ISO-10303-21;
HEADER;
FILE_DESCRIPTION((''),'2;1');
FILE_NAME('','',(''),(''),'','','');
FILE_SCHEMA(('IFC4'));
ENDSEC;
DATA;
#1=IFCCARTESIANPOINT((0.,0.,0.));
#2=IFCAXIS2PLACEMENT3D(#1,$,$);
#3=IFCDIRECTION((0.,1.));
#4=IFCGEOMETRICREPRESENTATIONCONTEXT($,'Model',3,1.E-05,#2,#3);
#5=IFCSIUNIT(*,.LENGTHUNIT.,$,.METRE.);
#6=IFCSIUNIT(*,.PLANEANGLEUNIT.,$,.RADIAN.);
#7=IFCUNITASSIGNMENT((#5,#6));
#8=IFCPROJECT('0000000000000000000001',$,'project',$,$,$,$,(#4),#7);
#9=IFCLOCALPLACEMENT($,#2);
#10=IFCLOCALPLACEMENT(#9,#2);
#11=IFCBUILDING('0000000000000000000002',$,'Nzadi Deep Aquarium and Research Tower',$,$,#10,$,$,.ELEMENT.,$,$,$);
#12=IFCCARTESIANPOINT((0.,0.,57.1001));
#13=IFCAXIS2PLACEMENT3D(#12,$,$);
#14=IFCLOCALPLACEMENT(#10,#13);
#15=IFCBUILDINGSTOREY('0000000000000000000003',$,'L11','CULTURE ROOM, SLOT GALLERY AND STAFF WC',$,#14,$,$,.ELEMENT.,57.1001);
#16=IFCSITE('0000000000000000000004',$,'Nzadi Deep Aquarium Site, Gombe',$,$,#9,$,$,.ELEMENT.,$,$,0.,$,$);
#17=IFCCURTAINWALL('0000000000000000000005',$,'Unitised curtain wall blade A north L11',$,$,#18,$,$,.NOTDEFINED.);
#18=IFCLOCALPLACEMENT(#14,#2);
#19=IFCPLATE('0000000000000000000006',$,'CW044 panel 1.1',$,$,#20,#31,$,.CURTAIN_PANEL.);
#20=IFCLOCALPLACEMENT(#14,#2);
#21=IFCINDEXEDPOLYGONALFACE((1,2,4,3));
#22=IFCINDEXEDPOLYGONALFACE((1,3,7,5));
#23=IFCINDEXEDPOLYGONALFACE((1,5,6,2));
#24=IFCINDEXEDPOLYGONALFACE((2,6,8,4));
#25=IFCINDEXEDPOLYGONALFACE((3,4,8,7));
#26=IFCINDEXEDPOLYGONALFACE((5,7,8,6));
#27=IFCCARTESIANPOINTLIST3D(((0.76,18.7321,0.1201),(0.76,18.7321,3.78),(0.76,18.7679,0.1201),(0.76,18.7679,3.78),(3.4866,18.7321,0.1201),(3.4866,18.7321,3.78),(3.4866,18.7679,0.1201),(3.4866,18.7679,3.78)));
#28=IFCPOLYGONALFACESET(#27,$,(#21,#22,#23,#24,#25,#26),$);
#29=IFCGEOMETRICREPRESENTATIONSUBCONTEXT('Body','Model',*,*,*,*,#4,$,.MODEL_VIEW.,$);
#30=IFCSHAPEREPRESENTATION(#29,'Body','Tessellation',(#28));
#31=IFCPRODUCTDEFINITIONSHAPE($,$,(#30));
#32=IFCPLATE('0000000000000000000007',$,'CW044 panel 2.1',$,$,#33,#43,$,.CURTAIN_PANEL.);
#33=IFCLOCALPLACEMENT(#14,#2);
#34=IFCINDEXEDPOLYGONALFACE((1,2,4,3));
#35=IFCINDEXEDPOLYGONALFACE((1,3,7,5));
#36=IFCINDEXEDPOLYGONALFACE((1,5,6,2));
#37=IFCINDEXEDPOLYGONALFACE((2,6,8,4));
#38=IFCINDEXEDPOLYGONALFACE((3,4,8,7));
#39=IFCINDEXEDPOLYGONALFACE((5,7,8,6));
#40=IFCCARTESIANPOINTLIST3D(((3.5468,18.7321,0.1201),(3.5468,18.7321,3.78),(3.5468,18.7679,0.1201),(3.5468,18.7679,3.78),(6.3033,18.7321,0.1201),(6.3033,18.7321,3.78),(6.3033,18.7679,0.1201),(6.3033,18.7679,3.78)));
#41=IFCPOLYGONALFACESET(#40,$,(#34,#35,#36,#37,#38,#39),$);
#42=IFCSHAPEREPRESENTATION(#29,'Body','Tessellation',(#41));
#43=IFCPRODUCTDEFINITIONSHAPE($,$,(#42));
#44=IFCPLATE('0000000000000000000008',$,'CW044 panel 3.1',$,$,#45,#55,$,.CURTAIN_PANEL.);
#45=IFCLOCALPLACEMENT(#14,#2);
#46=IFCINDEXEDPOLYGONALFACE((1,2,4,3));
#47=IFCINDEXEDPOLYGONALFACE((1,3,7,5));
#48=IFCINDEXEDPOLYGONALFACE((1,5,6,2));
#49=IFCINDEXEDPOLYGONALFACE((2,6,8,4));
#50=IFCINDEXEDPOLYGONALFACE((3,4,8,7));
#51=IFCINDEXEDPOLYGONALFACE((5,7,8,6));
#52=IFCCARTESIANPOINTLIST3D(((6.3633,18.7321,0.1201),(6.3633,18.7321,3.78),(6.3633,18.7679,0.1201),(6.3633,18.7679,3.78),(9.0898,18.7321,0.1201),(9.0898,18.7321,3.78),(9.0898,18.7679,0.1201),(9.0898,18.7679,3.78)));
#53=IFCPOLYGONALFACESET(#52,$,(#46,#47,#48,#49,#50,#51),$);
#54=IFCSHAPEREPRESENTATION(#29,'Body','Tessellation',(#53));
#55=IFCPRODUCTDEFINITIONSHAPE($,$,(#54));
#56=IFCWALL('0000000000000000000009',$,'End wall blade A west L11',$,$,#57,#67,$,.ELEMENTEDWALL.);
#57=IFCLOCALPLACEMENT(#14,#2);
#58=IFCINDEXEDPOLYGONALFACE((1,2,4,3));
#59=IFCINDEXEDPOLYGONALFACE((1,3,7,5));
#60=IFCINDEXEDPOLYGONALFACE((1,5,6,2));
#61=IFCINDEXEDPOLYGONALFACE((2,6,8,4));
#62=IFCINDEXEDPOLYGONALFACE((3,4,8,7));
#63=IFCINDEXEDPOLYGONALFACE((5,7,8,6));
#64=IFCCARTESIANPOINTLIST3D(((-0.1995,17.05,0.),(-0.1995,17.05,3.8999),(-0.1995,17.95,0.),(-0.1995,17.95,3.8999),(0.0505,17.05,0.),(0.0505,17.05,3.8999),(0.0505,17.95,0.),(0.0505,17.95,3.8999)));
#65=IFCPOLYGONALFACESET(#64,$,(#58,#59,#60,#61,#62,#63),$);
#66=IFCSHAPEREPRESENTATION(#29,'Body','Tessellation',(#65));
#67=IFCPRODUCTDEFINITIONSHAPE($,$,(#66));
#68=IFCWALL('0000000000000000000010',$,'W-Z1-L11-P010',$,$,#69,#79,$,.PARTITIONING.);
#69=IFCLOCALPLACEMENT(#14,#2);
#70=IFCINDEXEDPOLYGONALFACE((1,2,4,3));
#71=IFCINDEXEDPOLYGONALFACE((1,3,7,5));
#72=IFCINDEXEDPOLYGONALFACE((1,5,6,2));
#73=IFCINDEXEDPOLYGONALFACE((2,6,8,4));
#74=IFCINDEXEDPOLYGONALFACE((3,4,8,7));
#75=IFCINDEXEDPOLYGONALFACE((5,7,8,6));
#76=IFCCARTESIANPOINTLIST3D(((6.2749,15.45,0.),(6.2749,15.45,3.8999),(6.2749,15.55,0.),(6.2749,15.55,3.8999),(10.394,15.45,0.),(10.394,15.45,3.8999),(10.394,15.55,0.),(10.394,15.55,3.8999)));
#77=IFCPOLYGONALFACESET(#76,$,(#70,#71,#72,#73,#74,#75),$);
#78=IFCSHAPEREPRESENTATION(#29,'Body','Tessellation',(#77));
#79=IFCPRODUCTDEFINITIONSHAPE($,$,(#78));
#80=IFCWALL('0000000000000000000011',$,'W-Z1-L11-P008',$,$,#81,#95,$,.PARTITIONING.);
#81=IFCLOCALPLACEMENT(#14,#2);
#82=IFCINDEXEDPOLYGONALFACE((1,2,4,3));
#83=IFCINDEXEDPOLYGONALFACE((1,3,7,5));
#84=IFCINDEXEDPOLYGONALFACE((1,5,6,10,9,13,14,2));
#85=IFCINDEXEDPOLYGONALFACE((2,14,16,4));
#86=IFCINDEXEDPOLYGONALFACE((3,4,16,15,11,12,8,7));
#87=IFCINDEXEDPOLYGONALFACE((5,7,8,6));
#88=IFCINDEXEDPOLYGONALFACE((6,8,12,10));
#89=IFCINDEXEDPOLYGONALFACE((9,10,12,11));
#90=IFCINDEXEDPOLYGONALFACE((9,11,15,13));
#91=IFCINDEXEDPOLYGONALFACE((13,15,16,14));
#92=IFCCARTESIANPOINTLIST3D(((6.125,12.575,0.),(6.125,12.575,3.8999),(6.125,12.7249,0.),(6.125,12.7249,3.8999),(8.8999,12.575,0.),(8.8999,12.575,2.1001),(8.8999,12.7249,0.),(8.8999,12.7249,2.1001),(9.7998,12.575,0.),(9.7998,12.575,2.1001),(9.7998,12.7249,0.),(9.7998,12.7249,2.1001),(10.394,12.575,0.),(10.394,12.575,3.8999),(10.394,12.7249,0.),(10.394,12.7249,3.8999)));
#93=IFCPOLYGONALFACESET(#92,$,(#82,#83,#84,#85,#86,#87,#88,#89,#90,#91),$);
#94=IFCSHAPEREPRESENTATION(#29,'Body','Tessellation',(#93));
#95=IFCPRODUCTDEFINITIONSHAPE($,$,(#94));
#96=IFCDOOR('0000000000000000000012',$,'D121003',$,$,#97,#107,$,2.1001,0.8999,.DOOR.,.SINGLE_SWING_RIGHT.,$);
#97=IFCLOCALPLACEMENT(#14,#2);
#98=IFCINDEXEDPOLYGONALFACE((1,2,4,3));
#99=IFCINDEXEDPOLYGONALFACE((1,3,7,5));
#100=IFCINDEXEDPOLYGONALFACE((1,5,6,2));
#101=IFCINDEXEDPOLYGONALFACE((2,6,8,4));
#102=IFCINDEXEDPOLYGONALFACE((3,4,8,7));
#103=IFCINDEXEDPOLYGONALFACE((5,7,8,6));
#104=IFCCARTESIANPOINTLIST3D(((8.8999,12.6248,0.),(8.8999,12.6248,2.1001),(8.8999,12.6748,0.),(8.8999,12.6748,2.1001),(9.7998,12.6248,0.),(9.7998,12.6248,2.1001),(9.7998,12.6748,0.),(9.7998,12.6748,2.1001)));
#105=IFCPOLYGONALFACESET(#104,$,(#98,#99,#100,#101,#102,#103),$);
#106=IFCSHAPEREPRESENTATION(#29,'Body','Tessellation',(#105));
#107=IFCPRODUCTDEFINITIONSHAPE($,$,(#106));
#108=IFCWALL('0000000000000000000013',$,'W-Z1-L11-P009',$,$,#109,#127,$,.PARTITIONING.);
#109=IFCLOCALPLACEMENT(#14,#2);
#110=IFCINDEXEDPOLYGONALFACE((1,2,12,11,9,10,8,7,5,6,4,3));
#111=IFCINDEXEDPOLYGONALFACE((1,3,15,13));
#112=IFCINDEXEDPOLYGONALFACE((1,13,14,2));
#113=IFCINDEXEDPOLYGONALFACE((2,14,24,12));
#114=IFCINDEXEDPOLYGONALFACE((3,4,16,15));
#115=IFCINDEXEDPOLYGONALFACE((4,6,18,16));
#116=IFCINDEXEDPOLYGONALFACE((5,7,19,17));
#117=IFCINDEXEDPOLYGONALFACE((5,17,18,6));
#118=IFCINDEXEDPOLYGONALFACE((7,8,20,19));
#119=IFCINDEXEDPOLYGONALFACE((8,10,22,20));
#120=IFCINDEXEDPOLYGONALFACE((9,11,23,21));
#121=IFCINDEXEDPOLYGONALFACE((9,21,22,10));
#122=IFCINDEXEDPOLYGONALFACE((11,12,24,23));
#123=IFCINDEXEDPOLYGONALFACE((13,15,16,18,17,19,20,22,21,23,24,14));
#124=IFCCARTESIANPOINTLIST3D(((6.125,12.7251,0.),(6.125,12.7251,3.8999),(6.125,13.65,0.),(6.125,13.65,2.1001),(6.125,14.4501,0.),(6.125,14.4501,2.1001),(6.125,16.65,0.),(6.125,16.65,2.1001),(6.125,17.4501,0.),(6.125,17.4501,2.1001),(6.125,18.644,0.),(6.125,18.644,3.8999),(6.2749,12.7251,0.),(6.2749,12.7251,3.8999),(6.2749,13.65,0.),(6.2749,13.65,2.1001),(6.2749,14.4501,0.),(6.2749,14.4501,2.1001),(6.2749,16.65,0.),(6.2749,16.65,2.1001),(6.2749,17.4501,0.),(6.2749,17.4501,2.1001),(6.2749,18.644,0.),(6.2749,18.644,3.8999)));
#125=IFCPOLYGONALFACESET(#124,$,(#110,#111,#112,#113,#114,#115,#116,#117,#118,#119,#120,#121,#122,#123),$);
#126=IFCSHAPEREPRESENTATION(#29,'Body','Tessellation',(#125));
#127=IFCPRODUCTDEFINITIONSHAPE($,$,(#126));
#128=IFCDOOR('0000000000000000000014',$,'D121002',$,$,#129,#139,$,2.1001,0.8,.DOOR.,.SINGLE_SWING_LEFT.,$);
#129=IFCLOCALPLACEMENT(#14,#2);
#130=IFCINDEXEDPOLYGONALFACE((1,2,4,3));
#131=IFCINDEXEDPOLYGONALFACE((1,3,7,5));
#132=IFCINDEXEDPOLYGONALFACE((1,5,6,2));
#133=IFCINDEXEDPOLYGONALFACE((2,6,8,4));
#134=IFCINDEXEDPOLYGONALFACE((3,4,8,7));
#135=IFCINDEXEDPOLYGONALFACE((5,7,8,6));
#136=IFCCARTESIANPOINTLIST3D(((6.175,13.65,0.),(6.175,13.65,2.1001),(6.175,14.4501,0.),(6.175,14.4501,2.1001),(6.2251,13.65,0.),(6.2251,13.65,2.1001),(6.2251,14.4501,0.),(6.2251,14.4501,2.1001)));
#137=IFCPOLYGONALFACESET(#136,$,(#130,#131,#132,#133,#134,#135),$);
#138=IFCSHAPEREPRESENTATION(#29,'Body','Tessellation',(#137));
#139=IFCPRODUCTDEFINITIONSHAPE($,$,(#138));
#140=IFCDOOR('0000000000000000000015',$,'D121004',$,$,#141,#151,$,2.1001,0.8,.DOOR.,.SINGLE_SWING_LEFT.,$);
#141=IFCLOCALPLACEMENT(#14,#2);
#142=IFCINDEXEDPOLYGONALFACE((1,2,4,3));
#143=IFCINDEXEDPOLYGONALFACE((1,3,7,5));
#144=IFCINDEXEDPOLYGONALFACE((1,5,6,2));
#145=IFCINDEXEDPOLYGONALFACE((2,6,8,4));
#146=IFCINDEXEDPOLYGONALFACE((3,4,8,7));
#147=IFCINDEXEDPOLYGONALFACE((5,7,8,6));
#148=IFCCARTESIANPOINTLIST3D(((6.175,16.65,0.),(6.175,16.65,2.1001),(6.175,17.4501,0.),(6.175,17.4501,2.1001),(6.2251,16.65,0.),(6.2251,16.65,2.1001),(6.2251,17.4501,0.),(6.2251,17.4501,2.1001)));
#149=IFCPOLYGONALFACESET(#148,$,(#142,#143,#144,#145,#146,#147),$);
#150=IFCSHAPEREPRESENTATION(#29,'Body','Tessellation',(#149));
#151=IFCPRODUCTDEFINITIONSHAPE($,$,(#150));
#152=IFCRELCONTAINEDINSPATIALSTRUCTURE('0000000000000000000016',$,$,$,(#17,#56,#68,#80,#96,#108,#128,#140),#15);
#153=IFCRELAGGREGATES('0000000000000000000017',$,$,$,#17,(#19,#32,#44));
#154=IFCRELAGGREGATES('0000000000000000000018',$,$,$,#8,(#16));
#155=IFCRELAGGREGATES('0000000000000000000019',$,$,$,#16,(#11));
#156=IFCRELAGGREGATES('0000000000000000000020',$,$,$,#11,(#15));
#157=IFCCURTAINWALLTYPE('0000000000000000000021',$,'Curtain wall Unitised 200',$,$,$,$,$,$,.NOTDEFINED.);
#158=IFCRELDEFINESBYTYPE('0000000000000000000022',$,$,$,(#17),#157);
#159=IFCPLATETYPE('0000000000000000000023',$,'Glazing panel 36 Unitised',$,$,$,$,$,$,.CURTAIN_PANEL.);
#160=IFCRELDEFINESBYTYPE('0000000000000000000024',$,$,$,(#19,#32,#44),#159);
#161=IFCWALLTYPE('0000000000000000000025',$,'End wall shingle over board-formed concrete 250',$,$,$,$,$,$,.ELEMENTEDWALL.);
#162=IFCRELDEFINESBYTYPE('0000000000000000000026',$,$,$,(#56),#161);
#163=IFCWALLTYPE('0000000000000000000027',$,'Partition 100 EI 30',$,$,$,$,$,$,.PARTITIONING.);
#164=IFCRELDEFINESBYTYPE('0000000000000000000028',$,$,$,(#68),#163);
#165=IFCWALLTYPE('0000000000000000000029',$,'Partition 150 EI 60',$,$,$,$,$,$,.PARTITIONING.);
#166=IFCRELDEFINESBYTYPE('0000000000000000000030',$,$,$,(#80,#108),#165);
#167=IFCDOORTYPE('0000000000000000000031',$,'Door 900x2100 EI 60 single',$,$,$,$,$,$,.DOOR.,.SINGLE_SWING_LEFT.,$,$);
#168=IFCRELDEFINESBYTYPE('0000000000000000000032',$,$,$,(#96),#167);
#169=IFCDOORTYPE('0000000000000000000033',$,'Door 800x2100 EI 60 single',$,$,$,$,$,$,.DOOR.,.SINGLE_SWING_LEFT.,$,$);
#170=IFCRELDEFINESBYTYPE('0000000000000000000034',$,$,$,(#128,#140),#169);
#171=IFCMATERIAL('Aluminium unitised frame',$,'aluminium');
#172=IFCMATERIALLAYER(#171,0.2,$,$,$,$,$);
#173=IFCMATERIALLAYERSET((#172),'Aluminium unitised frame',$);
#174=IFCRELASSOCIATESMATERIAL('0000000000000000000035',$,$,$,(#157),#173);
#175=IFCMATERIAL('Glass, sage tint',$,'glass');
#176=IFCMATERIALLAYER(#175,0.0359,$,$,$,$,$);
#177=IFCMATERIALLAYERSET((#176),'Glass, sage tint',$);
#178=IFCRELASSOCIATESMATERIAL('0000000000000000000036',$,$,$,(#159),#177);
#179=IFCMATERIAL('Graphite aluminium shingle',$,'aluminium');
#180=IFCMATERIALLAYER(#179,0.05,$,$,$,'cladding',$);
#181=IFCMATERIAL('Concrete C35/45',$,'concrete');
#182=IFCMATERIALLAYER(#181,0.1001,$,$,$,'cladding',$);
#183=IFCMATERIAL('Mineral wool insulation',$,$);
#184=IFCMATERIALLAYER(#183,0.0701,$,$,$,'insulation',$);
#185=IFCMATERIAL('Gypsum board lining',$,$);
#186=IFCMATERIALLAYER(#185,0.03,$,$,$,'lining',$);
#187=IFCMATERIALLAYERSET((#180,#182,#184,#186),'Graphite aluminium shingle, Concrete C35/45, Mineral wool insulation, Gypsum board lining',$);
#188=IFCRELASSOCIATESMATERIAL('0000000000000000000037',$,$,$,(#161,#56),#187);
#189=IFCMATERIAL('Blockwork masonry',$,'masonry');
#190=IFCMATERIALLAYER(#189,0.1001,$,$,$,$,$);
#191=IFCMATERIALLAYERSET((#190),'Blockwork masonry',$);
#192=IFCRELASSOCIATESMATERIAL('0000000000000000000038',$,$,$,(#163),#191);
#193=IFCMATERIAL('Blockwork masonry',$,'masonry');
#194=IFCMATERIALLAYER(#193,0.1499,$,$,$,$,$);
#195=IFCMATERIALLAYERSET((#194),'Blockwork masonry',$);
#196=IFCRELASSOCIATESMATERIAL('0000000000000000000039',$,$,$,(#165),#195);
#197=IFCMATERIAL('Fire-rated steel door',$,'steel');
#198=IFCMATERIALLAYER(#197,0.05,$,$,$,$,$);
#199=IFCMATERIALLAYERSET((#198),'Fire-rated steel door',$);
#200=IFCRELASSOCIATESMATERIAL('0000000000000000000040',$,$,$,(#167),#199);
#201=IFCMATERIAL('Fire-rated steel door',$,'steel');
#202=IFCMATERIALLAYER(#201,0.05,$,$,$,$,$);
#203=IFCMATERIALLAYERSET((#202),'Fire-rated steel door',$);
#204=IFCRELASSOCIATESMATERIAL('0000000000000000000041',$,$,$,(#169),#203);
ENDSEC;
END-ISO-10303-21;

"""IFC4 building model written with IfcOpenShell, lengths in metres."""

from ifc_helpers import new_model, si_unit, direction, frame, frame_2d, origin, origin_2d, place, context, subcontext, project, spatial, rectangle, extrude, material, layer, layer_set, layer_usage, type_object, element, fill, aggregate, save


model = new_model("IFC4")

# Units and contexts
model_context = context("Model", 3, precision=1e-05, world=origin(), true_north=direction((0.0, 1.0)))
body_context = subcontext(model_context, "Body", "Model", "MODEL_VIEW")
ifc_project = project(units=[si_unit("LENGTHUNIT", "METRE"), si_unit("PLANEANGLEUNIT", "RADIAN")], contexts=[model_context])

# Site, building, storey
site_placement = place(None, origin())
site = spatial("IfcSite", under=ifc_project, at=site_placement, Name="Nzadi Deep Aquarium Site, Gombe", CompositionType="ELEMENT", RefElevation=0.0)
building_placement = place(site_placement, origin())
building = spatial("IfcBuilding", under=site, at=building_placement, Name="Nzadi Deep Aquarium and Research Tower", CompositionType="ELEMENT")
storey_placement = place(building_placement, frame((0.0, 0.0, 57.1001)))
storey = spatial("IfcBuildingStorey", under=building, at=storey_placement, Name="L11", Description="CULTURE ROOM, SLOT GALLERY AND STAFF WC", CompositionType="ELEMENT", Elevation=57.1001)

# Curtain wall
ifc_material_1 = material(Name="Aluminium unitised frame", Category="aluminium")
ifc_layer_1 = layer(ifc_material_1, 0.2)
ifc_layer_set_1 = layer_set([ifc_layer_1], Name="Aluminium unitised frame")
curtain_wall_type = type_object("IfcCurtainWallType", Name="Curtain wall Unitised 200", PredefinedType="NOTDEFINED", material=ifc_layer_set_1)
curtain_wall_placement = place(storey_placement, origin())
curtain_wall = element("IfcCurtainWall", 1, at=curtain_wall_placement, inside=storey, type_object=curtain_wall_type, Name="Unitised curtain wall blade A north L11", PredefinedType="NOTDEFINED")

# Plates
ifc_material_2 = material(Name="Glass, sage tint", Category="glass")
ifc_layer_2 = layer(ifc_material_2, 0.0359)
ifc_layer_set_2 = layer_set([ifc_layer_2], Name="Glass, sage tint")
plate_type = type_object("IfcPlateType", Name="Glazing panel 36 Unitised", PredefinedType="CURTAIN_PANEL", material=ifc_layer_set_2)
plate_1_placement = place(storey_placement, frame((2.1233, 18.75, 0.1201), z_axis=(0.0, 0.0, 1.0), x_axis=(1.0, 0.0, 0.0)))
plate_1 = element("IfcPlate", 2, at=plate_1_placement, type_object=plate_type, Name="CW044 panel 1.1", PredefinedType="CURTAIN_PANEL", context=body_context, shape_type="SweptSolid", body=[
    extrude(rectangle(XDim=2.7266, YDim=0.0359, at=origin_2d()), origin(), (0.0, 0.0, 1.0), 3.6599),
])
plate_2_placement = place(storey_placement, frame((4.925, 18.75, 0.1201), z_axis=(0.0, 0.0, 1.0), x_axis=(1.0, 0.0, 0.0)))
plate_2 = element("IfcPlate", 3, at=plate_2_placement, type_object=plate_type, Name="CW044 panel 2.1", PredefinedType="CURTAIN_PANEL", context=body_context, shape_type="SweptSolid", body=[
    extrude(rectangle(XDim=2.7566, YDim=0.0359, at=origin_2d()), origin(), (0.0, 0.0, 1.0), 3.6599),
])
plate_3_placement = place(storey_placement, frame((7.7266, 18.75, 0.1201), z_axis=(0.0, 0.0, 1.0), x_axis=(1.0, 0.0, 0.0)))
plate_3 = element("IfcPlate", 4, at=plate_3_placement, type_object=plate_type, Name="CW044 panel 3.1", PredefinedType="CURTAIN_PANEL", context=body_context, shape_type="SweptSolid", body=[
    extrude(rectangle(XDim=2.7266, YDim=0.0359, at=origin_2d()), origin(), (0.0, 0.0, 1.0), 3.6599),
])
aggregate(curtain_wall, [plate_1, plate_2, plate_3])

# Walls
ifc_material_3 = material(Name="Graphite aluminium shingle", Category="aluminium")
ifc_layer_3 = layer(ifc_material_3, 0.05, Category="cladding")
ifc_material_4 = material(Name="Concrete C35/45", Category="concrete")
ifc_layer_4 = layer(ifc_material_4, 0.1001, Category="cladding")
ifc_material_5 = material(Name="Mineral wool insulation")
ifc_layer_5 = layer(ifc_material_5, 0.0701, Category="insulation")
ifc_material_6 = material(Name="Gypsum board lining")
ifc_layer_6 = layer(ifc_material_6, 0.03, Category="lining")
ifc_layer_set_3 = layer_set([ifc_layer_3, ifc_layer_4, ifc_layer_5, ifc_layer_6], Name="Graphite aluminium shingle, Concrete C35/45, Mineral wool insulation, Gypsum board lining")
ifc_layer_usage = layer_usage(ifc_layer_set_3, "AXIS2", "POSITIVE", -0.125)
wall_type_1 = type_object("IfcWallType", Name="End wall shingle over board-formed concrete 250", PredefinedType="ELEMENTEDWALL", material=ifc_layer_set_3)
wall_1_placement = place(storey_placement, frame((-0.0745, 17.95, 0.0), z_axis=(0.0, 0.0, 1.0), x_axis=(0.0, -1.0, 0.0)))
element("IfcWall", 5, at=wall_1_placement, inside=storey, type_object=wall_type_1, material=ifc_layer_usage, Name="End wall blade A west L11", PredefinedType="ELEMENTEDWALL", context=body_context, shape_type="SweptSolid", body=[
    extrude(rectangle(XDim=0.8999, YDim=0.25, at=frame_2d((0.45, 0.0))), origin(), (0.0, 0.0, 1.0), 3.8999),
])
ifc_material_7 = material(Name="Blockwork masonry", Category="masonry")
ifc_layer_7 = layer(ifc_material_7, 0.1001)
ifc_layer_set_4 = layer_set([ifc_layer_7], Name="Blockwork masonry")
wall_type_2 = type_object("IfcWallType", Name="Partition 100 EI 30", PredefinedType="PARTITIONING", material=ifc_layer_set_4)
wall_2_placement = place(storey_placement, frame((6.2749, 15.5, 0.0), z_axis=(0.0, 0.0, 1.0), x_axis=(1.0, 0.0, 0.0)))
element("IfcWall", 6, at=wall_2_placement, inside=storey, type_object=wall_type_2, Name="W-Z1-L11-P010", PredefinedType="PARTITIONING", context=body_context, shape_type="SweptSolid", body=[
    extrude(rectangle(XDim=4.1191, YDim=0.1001, at=frame_2d((2.0596, 0.0))), origin(), (0.0, 0.0, 1.0), 3.8999),
])

# Wall, opening, door
ifc_material_8 = material(Name="Blockwork masonry", Category="masonry")
ifc_layer_8 = layer(ifc_material_8, 0.1499)
ifc_layer_set_5 = layer_set([ifc_layer_8], Name="Blockwork masonry")
wall_type_3 = type_object("IfcWallType", Name="Partition 150 EI 60", PredefinedType="PARTITIONING", material=ifc_layer_set_5)
wall_3_placement = place(storey_placement, frame((6.125, 12.6499, 0.0), z_axis=(0.0, 0.0, 1.0), x_axis=(1.0, 0.0, 0.0)))
wall_3 = element("IfcWall", 7, at=wall_3_placement, inside=storey, type_object=wall_type_3, Name="W-Z1-L11-P008", PredefinedType="PARTITIONING", context=body_context, shape_type="SweptSolid", body=[
    extrude(rectangle(XDim=4.269, YDim=0.1499, at=frame_2d((2.1345, 0.0))), origin(), (0.0, 0.0, 1.0), 3.8999),
])
opening_1_placement = place(wall_3_placement, frame((2.7749, 0.0, 0.0)))
opening_1 = element("IfcOpeningElement", 8, at=opening_1_placement, cuts=wall_3, PredefinedType="OPENING", context=body_context, shape_type="SweptSolid", body=[
    extrude(rectangle(XDim=0.8999, YDim=2.1001, at=frame_2d((0.45, 1.05))), frame((0.0, 0.085, 0.0), z_axis=(0.0, -1.0, 0.0), x_axis=(1.0, 0.0, 0.0)), (0.0, 0.0, 1.0), 0.1699),
])
ifc_material_9 = material(Name="Fire-rated steel door", Category="steel")
ifc_layer_9 = layer(ifc_material_9, 0.05)
ifc_layer_set_6 = layer_set([ifc_layer_9], Name="Fire-rated steel door")
door_type_1 = type_object("IfcDoorType", Name="Door 900x2100 EI 60 single", OperationType="SINGLE_SWING_LEFT", PredefinedType="DOOR", material=ifc_layer_set_6)
door_1_placement = place(opening_1_placement, origin())
door_1 = element("IfcDoor", 9, at=door_1_placement, inside=storey, type_object=door_type_1, Name="D121003", OperationType="SINGLE_SWING_RIGHT", OverallHeight=2.1001, OverallWidth=0.8999, PredefinedType="DOOR", context=body_context, shape_type="SweptSolid", body=[
    extrude(rectangle(XDim=0.8999, YDim=2.1001, at=frame_2d((0.45, 1.05))), frame((0.0, 0.0249, 0.0), z_axis=(0.0, -1.0, 0.0), x_axis=(1.0, 0.0, 0.0)), (0.0, 0.0, 1.0), 0.05),
])
fill(opening_1, door_1)

# Wall, openings, doors
wall_4_placement = place(storey_placement, frame((6.2, 12.7251, 0.0), z_axis=(0.0, 0.0, 1.0), x_axis=(0.0, 1.0, 0.0)))
wall_4 = element("IfcWall", 10, at=wall_4_placement, inside=storey, type_object=wall_type_3, Name="W-Z1-L11-P009", PredefinedType="PARTITIONING", context=body_context, shape_type="SweptSolid", body=[
    extrude(rectangle(XDim=5.9189, YDim=0.1499, at=frame_2d((2.9595, 0.0))), origin(), (0.0, 0.0, 1.0), 3.8999),
])
opening_2_placement = place(wall_4_placement, frame((0.925, 0.0, 0.0)))
opening_2 = element("IfcOpeningElement", 11, at=opening_2_placement, cuts=wall_4, PredefinedType="OPENING", context=body_context, shape_type="SweptSolid", body=[
    extrude(rectangle(XDim=0.8, YDim=2.1001, at=frame_2d((0.3999, 1.05))), frame((0.0, 0.085, 0.0), z_axis=(0.0, -1.0, 0.0), x_axis=(1.0, 0.0, 0.0)), (0.0, 0.0, 1.0), 0.1699),
])
opening_3_placement = place(wall_4_placement, frame((3.925, 0.0, 0.0)))
opening_3 = element("IfcOpeningElement", 12, at=opening_3_placement, cuts=wall_4, PredefinedType="OPENING", context=body_context, shape_type="SweptSolid", body=[
    extrude(rectangle(XDim=0.8, YDim=2.1001, at=frame_2d((0.3999, 1.05))), frame((0.0, 0.085, 0.0), z_axis=(0.0, -1.0, 0.0), x_axis=(1.0, 0.0, 0.0)), (0.0, 0.0, 1.0), 0.1699),
])
ifc_material_10 = material(Name="Fire-rated steel door", Category="steel")
ifc_layer_10 = layer(ifc_material_10, 0.05)
ifc_layer_set_7 = layer_set([ifc_layer_10], Name="Fire-rated steel door")
door_type_2 = type_object("IfcDoorType", Name="Door 800x2100 EI 60 single", OperationType="SINGLE_SWING_LEFT", PredefinedType="DOOR", material=ifc_layer_set_7)
door_2_placement = place(opening_2_placement, origin())
door_2 = element("IfcDoor", 13, at=door_2_placement, inside=storey, type_object=door_type_2, Name="D121002", OperationType="SINGLE_SWING_LEFT", OverallHeight=2.1001, OverallWidth=0.8, PredefinedType="DOOR", context=body_context, shape_type="SweptSolid", body=[
    extrude(rectangle(XDim=0.8, YDim=2.1001, at=frame_2d((0.3999, 1.05))), frame((0.0, 0.0249, 0.0), z_axis=(0.0, -1.0, 0.0), x_axis=(1.0, 0.0, 0.0)), (0.0, 0.0, 1.0), 0.05),
])
fill(opening_2, door_2)
door_3_placement = place(opening_3_placement, origin())
door_3 = element("IfcDoor", 14, at=door_3_placement, inside=storey, type_object=door_type_2, Name="D121004", OperationType="SINGLE_SWING_LEFT", OverallHeight=2.1001, OverallWidth=0.8, PredefinedType="DOOR", context=body_context, shape_type="SweptSolid", body=[
    extrude(rectangle(XDim=0.8, YDim=2.1001, at=frame_2d((0.3999, 1.05))), frame((0.0, 0.0249, 0.0), z_axis=(0.0, -1.0, 0.0), x_axis=(1.0, 0.0, 0.0)), (0.0, 0.0, 1.0), 0.05),
])
fill(opening_3, door_3)

save(model, "model.ifc")
